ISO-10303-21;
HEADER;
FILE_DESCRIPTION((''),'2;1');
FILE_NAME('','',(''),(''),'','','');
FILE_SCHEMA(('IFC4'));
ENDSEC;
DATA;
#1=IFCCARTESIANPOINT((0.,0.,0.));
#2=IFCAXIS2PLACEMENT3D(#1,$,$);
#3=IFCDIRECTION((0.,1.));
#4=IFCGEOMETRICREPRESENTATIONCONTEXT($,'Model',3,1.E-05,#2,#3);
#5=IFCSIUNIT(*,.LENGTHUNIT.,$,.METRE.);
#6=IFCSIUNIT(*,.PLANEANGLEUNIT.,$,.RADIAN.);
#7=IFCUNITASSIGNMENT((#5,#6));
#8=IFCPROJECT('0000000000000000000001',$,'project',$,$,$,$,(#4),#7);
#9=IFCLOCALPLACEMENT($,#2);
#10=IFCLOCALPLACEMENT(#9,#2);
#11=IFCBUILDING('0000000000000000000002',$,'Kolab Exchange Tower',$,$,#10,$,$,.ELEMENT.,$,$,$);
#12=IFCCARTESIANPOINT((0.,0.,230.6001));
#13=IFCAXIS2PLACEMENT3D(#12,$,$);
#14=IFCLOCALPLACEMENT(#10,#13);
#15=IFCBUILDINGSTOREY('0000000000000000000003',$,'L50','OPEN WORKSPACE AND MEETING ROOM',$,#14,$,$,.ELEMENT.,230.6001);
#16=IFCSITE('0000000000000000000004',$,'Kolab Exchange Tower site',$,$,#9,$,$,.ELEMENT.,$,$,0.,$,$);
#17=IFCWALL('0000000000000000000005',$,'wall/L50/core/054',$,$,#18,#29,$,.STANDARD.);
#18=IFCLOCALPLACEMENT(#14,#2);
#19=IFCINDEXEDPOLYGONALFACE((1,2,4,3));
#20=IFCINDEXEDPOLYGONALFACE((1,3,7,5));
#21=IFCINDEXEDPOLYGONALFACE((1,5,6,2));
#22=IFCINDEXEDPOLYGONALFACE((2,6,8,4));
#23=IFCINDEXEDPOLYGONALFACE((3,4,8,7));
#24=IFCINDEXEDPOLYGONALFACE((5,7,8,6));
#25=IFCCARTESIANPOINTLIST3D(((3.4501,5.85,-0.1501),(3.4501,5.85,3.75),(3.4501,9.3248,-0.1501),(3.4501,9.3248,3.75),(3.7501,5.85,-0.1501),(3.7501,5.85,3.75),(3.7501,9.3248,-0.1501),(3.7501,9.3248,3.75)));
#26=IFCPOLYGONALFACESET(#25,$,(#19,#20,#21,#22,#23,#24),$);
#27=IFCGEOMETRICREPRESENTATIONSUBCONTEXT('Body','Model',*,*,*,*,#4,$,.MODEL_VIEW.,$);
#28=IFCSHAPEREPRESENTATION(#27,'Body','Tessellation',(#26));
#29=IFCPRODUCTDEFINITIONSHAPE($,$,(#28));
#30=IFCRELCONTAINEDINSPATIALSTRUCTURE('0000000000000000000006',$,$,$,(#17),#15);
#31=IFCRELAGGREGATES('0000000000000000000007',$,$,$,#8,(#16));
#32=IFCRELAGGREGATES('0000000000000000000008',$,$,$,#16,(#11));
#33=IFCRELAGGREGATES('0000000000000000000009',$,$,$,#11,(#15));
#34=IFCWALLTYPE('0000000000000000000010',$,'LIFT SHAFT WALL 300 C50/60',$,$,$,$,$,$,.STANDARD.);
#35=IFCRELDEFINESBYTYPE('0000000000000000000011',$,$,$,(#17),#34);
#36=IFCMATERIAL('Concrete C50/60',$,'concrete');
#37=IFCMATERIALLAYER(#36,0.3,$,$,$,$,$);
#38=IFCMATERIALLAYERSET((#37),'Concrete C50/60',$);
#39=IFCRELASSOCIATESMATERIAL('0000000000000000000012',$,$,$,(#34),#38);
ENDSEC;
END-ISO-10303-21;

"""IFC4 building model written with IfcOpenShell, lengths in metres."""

from ifc_helpers import new_model, si_unit, direction, frame, frame_2d, origin, place, context, subcontext, project, spatial, rectangle, extrude, material, layer, layer_set, type_object, element, save


model = new_model("IFC4")

# Units and contexts
model_context = context("Model", 3, precision=1e-05, world=origin(), true_north=direction((0.0, 1.0)))
body_context = subcontext(model_context, "Body", "Model", "MODEL_VIEW")
ifc_project = project(units=[si_unit("LENGTHUNIT", "METRE"), si_unit("PLANEANGLEUNIT", "RADIAN")], contexts=[model_context])

# Site, building, storey
site_placement = place(None, origin())
site = spatial("IfcSite", under=ifc_project, at=site_placement, Name="Kolab Exchange Tower site", CompositionType="ELEMENT", RefElevation=0.0)
building_placement = place(site_placement, origin())
building = spatial("IfcBuilding", under=site, at=building_placement, Name="Kolab Exchange Tower", CompositionType="ELEMENT")
storey_placement = place(building_placement, frame((0.0, 0.0, 230.6001)))
storey = spatial("IfcBuildingStorey", under=building, at=storey_placement, Name="L50", Description="OPEN WORKSPACE AND MEETING ROOM", CompositionType="ELEMENT", Elevation=230.6001)

# Shared definitions
ifc_material_1 = material(Name="Concrete C50/60", Category="concrete")

# Shared definitions
ifc_layer_1 = layer(ifc_material_1, 0.3)
ifc_layer_set_1 = layer_set([ifc_layer_1], Name="Concrete C50/60")
wall_type = type_object("IfcWallType", Name="LIFT SHAFT WALL 300 C50/60", PredefinedType="STANDARD", material=ifc_layer_set_1)

# Wall
for number, where, z_axis, x_axis, name in (
    (1, (3.6001, 5.8501, -0.1501), (0.0, 0.0, 1.0), (0.0, 1.0, 0.0), "wall/L50/core/054"),
):
    element("IfcWall", number, at=place(storey_placement, frame(where, z_axis=z_axis, x_axis=x_axis)), inside=storey, type_object=wall_type, Name=name, PredefinedType="STANDARD", context=body_context, shape_type="SweptSolid", body=[
        extrude(rectangle(XDim=3.4749, YDim=0.3, at=frame_2d((1.7373, 0.0))), origin(), (0.0, 0.0, 1.0), 3.9001),
    ])

save(model, "model.ifc")
